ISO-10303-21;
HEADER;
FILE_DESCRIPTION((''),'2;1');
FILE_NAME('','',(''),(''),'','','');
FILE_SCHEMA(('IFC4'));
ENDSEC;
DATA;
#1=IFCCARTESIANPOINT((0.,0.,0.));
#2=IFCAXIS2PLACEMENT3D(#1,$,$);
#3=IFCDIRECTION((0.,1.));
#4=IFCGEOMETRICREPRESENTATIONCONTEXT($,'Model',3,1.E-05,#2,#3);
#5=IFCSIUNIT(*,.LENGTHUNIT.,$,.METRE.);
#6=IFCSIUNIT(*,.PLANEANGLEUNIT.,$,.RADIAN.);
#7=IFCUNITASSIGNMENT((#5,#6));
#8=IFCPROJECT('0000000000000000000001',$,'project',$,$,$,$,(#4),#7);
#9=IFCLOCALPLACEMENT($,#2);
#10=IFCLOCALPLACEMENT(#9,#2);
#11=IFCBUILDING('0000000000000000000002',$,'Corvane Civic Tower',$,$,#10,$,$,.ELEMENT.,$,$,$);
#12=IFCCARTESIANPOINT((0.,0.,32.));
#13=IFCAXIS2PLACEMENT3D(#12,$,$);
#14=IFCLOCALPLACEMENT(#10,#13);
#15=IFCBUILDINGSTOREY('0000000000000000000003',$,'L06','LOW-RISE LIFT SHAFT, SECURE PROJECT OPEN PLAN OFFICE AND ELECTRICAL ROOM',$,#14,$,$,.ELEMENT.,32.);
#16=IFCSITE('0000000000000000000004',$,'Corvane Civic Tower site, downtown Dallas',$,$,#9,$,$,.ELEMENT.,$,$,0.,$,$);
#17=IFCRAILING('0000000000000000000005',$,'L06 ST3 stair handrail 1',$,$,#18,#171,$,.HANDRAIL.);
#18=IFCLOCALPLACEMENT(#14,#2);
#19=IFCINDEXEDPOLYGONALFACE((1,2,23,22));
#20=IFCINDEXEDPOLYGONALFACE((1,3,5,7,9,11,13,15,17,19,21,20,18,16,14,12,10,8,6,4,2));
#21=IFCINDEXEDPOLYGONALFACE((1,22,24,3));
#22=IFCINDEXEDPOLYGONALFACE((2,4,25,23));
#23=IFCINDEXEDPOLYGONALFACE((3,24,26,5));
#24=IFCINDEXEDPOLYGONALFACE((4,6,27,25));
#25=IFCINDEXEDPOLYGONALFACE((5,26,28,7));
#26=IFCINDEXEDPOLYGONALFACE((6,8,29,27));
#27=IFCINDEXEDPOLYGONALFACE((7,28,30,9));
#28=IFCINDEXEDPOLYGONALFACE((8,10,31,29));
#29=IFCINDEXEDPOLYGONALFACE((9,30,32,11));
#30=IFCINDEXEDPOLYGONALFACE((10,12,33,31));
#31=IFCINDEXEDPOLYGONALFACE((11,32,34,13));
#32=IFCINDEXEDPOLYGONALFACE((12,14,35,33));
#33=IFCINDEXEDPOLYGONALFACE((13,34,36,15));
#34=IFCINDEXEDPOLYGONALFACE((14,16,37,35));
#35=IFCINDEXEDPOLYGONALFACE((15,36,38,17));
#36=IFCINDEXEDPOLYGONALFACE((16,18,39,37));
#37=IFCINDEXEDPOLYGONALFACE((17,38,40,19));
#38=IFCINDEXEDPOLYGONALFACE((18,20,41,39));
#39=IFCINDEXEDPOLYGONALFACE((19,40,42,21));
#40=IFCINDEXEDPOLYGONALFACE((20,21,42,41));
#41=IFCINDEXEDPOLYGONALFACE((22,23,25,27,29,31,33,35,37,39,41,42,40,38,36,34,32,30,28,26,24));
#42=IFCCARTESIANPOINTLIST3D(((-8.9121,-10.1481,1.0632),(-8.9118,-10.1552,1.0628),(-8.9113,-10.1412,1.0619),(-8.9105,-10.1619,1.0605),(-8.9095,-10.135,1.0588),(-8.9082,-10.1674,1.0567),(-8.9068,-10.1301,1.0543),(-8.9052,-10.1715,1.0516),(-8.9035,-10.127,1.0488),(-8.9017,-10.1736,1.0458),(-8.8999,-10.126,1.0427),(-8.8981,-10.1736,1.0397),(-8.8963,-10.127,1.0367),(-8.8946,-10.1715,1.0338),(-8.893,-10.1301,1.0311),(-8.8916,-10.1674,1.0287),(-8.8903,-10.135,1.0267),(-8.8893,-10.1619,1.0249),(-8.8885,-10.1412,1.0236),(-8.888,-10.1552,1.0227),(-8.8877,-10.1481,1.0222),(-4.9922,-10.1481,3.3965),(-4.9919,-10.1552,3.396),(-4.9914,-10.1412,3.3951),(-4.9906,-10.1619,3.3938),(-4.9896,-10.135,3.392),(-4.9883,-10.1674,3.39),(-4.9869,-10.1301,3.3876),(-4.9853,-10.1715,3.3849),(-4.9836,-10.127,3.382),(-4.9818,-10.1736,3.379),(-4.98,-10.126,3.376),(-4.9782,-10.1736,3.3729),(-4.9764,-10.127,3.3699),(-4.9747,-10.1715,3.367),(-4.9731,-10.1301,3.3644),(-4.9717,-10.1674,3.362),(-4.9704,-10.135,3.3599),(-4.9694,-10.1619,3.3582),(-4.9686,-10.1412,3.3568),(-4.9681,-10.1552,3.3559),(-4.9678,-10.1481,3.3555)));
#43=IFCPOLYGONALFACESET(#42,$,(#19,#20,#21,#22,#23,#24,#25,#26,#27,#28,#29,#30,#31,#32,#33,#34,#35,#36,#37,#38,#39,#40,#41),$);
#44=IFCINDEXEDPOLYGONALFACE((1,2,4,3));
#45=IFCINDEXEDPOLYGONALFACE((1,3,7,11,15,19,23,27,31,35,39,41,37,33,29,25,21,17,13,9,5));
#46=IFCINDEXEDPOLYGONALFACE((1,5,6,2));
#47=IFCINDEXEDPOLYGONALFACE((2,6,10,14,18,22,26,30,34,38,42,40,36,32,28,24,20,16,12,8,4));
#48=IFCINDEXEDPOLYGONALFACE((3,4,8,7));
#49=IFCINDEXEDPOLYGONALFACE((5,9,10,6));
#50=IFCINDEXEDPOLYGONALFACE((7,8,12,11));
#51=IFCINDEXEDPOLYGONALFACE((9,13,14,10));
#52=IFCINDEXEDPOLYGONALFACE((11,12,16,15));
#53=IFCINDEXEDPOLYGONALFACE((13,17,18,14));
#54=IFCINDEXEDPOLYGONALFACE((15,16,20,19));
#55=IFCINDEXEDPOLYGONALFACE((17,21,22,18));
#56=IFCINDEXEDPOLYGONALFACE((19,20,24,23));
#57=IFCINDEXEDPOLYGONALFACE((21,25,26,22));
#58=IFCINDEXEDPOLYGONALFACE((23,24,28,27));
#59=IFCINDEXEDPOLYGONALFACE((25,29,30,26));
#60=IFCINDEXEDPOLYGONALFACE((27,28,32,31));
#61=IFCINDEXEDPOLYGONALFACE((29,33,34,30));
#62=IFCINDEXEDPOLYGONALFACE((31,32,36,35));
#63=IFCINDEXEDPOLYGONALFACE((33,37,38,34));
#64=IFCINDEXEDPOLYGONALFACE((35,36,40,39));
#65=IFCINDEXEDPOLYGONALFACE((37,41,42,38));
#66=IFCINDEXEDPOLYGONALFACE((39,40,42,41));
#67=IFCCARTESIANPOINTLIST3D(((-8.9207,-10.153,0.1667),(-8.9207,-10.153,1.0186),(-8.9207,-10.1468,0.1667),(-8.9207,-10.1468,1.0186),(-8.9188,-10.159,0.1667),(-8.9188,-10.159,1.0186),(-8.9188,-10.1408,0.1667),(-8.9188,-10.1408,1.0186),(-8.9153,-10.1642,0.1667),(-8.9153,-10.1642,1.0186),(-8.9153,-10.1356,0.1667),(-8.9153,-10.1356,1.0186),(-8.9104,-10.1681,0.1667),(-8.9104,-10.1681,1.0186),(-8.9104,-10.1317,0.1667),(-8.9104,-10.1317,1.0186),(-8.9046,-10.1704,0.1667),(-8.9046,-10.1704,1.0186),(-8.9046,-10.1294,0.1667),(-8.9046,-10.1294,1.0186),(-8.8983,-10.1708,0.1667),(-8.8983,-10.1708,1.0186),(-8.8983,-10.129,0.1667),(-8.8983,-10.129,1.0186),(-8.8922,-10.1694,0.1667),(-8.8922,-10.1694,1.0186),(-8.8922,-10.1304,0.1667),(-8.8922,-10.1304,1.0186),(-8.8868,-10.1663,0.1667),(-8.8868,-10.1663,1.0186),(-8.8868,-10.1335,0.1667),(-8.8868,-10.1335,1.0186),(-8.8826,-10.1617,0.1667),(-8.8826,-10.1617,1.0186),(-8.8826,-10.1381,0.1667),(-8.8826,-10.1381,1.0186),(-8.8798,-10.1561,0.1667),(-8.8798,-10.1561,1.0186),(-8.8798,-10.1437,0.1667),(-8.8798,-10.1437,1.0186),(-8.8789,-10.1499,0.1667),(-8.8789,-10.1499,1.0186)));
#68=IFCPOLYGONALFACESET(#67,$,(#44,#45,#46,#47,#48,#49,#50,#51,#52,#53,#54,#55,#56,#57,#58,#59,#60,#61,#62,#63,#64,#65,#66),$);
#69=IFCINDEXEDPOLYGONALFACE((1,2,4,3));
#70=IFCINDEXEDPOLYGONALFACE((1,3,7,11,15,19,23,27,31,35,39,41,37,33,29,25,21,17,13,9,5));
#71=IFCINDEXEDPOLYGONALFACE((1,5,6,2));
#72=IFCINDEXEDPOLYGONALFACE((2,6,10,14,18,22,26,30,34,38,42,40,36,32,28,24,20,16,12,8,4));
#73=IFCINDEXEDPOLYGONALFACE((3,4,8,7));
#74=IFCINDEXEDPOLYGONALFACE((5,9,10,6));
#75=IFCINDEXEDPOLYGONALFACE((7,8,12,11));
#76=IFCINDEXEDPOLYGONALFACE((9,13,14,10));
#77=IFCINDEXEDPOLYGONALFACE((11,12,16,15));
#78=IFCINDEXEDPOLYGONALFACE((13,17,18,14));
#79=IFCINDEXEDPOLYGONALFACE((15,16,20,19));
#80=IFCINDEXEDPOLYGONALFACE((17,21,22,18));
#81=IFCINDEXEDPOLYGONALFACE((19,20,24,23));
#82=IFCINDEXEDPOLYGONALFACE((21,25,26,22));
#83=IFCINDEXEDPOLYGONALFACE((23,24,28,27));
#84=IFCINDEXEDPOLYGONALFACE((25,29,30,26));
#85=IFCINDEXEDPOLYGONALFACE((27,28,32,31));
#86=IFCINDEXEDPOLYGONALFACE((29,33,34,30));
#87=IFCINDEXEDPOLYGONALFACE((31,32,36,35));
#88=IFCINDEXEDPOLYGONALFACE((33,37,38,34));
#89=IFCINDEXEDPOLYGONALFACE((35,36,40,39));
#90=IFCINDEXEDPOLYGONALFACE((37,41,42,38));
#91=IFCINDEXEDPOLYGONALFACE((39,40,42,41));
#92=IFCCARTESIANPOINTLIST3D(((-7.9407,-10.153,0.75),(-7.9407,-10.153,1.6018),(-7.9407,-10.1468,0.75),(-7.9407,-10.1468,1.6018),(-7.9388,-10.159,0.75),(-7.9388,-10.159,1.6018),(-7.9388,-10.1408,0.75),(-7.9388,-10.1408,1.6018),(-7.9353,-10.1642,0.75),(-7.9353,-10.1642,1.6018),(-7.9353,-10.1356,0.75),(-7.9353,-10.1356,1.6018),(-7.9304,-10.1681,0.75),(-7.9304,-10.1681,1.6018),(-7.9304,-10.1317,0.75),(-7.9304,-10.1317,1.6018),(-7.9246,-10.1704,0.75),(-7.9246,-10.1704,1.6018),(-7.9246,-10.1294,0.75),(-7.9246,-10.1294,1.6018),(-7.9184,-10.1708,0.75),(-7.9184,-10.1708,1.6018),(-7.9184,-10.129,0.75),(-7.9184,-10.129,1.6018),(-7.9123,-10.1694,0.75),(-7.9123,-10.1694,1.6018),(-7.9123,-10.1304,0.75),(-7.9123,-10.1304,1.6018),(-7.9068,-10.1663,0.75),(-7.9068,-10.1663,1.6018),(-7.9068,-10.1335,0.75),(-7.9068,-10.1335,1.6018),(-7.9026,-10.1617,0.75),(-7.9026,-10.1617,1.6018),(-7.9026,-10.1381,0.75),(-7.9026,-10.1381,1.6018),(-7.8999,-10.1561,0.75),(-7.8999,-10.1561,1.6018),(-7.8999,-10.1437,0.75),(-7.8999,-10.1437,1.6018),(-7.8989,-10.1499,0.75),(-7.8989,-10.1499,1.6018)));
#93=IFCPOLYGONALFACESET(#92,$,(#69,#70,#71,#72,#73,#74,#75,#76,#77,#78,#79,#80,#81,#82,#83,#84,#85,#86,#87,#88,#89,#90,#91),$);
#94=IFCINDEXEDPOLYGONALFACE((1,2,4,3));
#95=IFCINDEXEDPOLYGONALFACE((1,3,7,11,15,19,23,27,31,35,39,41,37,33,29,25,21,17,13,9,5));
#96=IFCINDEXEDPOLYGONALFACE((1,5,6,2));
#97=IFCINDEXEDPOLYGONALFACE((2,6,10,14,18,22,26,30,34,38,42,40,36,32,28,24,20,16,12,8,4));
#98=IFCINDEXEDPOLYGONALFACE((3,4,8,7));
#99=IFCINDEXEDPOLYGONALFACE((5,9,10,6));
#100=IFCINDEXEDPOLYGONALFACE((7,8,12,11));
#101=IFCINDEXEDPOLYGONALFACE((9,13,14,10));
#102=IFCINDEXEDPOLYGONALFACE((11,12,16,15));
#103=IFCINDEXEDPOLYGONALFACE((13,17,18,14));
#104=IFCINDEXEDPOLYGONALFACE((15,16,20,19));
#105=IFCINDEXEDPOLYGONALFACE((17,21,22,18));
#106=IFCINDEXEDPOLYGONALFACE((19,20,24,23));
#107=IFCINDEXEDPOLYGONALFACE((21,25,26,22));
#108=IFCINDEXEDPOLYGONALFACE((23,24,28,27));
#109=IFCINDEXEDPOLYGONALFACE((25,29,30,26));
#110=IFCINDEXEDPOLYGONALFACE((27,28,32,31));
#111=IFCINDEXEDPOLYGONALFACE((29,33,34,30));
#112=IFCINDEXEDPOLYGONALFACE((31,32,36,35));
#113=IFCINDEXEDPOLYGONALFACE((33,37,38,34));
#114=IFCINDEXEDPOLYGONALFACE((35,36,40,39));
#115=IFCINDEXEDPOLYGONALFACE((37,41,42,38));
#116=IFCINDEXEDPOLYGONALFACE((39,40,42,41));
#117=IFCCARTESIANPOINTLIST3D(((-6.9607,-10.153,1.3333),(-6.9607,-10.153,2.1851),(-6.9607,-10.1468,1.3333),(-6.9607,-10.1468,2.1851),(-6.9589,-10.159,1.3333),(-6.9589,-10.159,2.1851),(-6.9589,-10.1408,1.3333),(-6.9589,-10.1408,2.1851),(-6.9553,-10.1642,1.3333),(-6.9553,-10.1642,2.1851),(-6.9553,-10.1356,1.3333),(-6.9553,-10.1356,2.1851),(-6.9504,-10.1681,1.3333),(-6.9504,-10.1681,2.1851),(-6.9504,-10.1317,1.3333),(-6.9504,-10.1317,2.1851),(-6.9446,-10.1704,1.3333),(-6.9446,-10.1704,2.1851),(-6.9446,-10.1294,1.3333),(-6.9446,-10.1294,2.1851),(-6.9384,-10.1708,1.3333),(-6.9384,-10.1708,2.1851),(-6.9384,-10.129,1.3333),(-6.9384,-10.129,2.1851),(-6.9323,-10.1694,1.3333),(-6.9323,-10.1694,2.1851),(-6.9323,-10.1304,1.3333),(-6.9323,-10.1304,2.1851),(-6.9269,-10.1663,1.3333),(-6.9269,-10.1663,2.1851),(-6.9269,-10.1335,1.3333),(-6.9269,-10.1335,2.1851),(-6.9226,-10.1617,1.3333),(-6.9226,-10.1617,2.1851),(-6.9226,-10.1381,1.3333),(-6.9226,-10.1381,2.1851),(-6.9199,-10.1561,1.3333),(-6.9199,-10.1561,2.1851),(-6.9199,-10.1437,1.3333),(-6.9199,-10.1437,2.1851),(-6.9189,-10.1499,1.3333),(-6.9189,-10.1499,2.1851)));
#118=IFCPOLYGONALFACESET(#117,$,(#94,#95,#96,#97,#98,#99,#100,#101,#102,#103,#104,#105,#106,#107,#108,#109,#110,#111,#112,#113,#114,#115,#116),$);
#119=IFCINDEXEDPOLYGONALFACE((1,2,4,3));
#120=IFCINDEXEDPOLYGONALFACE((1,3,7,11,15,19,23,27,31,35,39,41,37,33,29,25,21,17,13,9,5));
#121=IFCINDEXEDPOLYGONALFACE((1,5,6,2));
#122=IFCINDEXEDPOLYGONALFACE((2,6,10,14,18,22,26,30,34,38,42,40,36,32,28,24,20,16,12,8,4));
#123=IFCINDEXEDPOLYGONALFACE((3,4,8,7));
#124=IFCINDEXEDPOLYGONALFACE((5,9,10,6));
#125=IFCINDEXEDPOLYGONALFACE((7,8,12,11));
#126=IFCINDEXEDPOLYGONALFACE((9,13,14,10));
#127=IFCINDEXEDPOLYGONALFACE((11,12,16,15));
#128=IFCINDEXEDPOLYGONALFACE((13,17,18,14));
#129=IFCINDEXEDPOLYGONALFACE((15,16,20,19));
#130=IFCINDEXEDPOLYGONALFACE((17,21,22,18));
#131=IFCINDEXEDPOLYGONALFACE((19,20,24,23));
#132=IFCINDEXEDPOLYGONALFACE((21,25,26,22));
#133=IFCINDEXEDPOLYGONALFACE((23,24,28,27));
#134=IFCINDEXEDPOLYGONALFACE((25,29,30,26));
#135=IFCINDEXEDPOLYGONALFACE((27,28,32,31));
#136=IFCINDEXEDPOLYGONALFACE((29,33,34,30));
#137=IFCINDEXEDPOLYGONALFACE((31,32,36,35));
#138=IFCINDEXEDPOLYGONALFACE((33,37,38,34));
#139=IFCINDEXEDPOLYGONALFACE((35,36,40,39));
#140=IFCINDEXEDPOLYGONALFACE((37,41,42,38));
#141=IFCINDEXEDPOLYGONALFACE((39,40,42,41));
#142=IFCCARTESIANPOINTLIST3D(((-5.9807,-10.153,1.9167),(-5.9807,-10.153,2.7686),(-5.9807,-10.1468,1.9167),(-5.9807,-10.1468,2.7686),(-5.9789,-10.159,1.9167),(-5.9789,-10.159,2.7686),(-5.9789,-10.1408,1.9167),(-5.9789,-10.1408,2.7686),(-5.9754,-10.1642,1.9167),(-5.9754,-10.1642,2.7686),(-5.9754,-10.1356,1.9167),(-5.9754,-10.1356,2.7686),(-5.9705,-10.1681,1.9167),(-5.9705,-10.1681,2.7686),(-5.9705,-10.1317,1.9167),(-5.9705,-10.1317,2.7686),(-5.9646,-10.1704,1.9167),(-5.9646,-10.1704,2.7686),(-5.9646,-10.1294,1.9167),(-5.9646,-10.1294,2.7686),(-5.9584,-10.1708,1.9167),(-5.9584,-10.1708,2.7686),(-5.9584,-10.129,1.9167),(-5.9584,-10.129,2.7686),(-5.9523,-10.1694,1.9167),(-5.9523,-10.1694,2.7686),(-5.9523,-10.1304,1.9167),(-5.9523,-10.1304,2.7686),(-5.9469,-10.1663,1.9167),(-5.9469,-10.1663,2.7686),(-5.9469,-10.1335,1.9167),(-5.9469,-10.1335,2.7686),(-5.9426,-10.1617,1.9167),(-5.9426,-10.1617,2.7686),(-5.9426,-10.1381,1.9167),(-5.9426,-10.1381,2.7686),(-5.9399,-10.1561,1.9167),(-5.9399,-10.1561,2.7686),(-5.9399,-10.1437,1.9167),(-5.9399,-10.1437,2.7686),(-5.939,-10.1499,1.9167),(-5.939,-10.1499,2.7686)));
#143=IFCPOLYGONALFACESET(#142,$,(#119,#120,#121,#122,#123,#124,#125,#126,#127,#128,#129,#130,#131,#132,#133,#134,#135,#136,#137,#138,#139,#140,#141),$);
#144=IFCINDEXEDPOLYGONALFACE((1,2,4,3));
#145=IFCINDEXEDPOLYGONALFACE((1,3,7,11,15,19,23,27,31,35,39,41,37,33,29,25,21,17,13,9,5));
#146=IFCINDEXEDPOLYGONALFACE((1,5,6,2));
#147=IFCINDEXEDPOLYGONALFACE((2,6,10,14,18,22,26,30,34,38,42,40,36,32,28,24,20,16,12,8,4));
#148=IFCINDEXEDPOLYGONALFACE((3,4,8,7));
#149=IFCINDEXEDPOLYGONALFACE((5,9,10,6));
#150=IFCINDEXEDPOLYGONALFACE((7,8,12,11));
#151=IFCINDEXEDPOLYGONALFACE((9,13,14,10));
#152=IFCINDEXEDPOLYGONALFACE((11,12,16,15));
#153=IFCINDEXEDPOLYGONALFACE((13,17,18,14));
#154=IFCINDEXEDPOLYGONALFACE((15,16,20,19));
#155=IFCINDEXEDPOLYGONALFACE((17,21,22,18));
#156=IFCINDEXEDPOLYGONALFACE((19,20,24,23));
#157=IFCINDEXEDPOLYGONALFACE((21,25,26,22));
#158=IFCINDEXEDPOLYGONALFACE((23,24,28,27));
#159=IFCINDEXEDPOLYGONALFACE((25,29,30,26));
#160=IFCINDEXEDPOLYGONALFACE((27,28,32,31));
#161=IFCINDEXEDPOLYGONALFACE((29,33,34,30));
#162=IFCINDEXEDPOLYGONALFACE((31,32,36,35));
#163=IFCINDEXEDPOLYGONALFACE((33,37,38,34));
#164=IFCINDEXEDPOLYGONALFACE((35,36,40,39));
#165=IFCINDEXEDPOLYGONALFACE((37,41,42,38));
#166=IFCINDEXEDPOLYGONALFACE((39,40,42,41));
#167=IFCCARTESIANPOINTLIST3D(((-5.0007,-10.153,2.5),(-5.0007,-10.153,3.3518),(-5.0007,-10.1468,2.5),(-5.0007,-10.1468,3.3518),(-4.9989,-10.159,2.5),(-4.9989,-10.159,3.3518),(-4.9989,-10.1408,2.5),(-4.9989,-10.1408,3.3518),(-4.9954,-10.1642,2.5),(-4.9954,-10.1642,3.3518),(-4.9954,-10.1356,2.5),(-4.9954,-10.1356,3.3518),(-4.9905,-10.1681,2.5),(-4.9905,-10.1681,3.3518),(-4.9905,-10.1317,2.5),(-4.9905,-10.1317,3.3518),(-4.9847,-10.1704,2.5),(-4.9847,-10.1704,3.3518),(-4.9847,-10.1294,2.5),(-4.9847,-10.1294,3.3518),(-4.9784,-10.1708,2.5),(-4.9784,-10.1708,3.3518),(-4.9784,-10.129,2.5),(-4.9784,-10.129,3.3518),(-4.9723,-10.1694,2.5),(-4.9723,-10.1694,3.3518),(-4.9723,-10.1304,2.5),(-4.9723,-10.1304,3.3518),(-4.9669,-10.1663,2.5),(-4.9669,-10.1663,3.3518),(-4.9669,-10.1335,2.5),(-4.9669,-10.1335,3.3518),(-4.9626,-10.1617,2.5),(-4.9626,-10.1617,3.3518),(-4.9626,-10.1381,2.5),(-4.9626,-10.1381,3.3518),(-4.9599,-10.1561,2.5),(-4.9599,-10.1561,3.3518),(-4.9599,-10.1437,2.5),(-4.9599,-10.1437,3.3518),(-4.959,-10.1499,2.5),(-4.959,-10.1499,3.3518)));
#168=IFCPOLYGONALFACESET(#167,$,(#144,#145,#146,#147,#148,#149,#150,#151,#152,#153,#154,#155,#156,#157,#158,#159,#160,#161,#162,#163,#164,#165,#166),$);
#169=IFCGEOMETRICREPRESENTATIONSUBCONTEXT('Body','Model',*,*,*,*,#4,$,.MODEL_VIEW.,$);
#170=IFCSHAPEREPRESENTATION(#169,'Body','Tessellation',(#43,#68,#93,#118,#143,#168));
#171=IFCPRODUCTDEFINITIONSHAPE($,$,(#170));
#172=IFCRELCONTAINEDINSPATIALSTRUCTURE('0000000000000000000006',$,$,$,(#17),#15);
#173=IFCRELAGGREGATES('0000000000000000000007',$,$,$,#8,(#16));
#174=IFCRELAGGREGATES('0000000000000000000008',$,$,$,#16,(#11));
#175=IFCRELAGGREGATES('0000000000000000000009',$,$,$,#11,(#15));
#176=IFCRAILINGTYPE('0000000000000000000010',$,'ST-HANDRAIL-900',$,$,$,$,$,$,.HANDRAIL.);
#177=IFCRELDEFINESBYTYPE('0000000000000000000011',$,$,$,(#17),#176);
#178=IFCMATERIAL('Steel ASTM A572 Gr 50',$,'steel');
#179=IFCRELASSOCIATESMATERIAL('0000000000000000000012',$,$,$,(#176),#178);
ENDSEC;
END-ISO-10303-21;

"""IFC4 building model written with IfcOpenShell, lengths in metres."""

from ifc_helpers import new_model, si_unit, direction, frame, origin, origin_2d, place, context, subcontext, project, spatial, circle, extrude, material, type_object, element, save


model = new_model("IFC4")

# Units and contexts
model_context = context("Model", 3, precision=1e-05, world=origin(), true_north=direction((0.0, 1.0)))
body_context = subcontext(model_context, "Body", "Model", "MODEL_VIEW")
ifc_project = project(units=[si_unit("LENGTHUNIT", "METRE"), si_unit("PLANEANGLEUNIT", "RADIAN")], contexts=[model_context])

# Site, building, storey
site_placement = place(None, origin())
site = spatial("IfcSite", under=ifc_project, at=site_placement, Name="Corvane Civic Tower site, downtown Dallas", CompositionType="ELEMENT", RefElevation=0.0)
building_placement = place(site_placement, origin())
building = spatial("IfcBuilding", under=site, at=building_placement, Name="Corvane Civic Tower", CompositionType="ELEMENT")
storey_placement = place(building_placement, frame((0.0, 0.0, 32.0)))
storey = spatial("IfcBuildingStorey", under=building, at=storey_placement, Name="L06", Description="LOW-RISE LIFT SHAFT, SECURE PROJECT OPEN PLAN OFFICE AND ELECTRICAL ROOM", CompositionType="ELEMENT", Elevation=32.0)

# Railing
ifc_material_1 = material(Name="Steel ASTM A572 Gr 50", Category="steel")
railing_type = type_object("IfcRailingType", Name="ST-HANDRAIL-900", PredefinedType="HANDRAIL", material=ifc_material_1)
railing_placement = place(storey_placement, frame((-8.8999, -10.1499, 0.1667)))
element("IfcRailing", 1, at=railing_placement, inside=storey, type_object=railing_type, Name="L06 ST3 stair handrail 1", PredefinedType="HANDRAIL", context=body_context, shape_type="SweptSolid", body=[
    extrude(circle(Radius=0.0239, at=origin_2d()), frame((0.0, 0.0, 0.876), z_axis=(0.859296, 0.0, 0.511478), x_axis=(0.0, 1.0, 0.0)), (0.0, 0.0, 1.0), 4.5618),
    extrude(circle(Radius=0.021, at=origin_2d()), origin(), (0.0, 0.0, 1.0), 0.8518),
    extrude(circle(Radius=0.021, at=origin_2d()), frame((0.98, 0.0, 0.5833)), (0.0, 0.0, 1.0), 0.8518),
    extrude(circle(Radius=0.021, at=origin_2d()), frame((1.96, 0.0, 1.1665)), (0.0, 0.0, 1.0), 0.8518),
    extrude(circle(Radius=0.021, at=origin_2d()), frame((2.9399, 0.0, 1.75)), (0.0, 0.0, 1.0), 0.8518),
    extrude(circle(Radius=0.021, at=origin_2d()), frame((3.9199, 0.0, 2.3333)), (0.0, 0.0, 1.0), 0.8518),
])

save(model, "model.ifc")
